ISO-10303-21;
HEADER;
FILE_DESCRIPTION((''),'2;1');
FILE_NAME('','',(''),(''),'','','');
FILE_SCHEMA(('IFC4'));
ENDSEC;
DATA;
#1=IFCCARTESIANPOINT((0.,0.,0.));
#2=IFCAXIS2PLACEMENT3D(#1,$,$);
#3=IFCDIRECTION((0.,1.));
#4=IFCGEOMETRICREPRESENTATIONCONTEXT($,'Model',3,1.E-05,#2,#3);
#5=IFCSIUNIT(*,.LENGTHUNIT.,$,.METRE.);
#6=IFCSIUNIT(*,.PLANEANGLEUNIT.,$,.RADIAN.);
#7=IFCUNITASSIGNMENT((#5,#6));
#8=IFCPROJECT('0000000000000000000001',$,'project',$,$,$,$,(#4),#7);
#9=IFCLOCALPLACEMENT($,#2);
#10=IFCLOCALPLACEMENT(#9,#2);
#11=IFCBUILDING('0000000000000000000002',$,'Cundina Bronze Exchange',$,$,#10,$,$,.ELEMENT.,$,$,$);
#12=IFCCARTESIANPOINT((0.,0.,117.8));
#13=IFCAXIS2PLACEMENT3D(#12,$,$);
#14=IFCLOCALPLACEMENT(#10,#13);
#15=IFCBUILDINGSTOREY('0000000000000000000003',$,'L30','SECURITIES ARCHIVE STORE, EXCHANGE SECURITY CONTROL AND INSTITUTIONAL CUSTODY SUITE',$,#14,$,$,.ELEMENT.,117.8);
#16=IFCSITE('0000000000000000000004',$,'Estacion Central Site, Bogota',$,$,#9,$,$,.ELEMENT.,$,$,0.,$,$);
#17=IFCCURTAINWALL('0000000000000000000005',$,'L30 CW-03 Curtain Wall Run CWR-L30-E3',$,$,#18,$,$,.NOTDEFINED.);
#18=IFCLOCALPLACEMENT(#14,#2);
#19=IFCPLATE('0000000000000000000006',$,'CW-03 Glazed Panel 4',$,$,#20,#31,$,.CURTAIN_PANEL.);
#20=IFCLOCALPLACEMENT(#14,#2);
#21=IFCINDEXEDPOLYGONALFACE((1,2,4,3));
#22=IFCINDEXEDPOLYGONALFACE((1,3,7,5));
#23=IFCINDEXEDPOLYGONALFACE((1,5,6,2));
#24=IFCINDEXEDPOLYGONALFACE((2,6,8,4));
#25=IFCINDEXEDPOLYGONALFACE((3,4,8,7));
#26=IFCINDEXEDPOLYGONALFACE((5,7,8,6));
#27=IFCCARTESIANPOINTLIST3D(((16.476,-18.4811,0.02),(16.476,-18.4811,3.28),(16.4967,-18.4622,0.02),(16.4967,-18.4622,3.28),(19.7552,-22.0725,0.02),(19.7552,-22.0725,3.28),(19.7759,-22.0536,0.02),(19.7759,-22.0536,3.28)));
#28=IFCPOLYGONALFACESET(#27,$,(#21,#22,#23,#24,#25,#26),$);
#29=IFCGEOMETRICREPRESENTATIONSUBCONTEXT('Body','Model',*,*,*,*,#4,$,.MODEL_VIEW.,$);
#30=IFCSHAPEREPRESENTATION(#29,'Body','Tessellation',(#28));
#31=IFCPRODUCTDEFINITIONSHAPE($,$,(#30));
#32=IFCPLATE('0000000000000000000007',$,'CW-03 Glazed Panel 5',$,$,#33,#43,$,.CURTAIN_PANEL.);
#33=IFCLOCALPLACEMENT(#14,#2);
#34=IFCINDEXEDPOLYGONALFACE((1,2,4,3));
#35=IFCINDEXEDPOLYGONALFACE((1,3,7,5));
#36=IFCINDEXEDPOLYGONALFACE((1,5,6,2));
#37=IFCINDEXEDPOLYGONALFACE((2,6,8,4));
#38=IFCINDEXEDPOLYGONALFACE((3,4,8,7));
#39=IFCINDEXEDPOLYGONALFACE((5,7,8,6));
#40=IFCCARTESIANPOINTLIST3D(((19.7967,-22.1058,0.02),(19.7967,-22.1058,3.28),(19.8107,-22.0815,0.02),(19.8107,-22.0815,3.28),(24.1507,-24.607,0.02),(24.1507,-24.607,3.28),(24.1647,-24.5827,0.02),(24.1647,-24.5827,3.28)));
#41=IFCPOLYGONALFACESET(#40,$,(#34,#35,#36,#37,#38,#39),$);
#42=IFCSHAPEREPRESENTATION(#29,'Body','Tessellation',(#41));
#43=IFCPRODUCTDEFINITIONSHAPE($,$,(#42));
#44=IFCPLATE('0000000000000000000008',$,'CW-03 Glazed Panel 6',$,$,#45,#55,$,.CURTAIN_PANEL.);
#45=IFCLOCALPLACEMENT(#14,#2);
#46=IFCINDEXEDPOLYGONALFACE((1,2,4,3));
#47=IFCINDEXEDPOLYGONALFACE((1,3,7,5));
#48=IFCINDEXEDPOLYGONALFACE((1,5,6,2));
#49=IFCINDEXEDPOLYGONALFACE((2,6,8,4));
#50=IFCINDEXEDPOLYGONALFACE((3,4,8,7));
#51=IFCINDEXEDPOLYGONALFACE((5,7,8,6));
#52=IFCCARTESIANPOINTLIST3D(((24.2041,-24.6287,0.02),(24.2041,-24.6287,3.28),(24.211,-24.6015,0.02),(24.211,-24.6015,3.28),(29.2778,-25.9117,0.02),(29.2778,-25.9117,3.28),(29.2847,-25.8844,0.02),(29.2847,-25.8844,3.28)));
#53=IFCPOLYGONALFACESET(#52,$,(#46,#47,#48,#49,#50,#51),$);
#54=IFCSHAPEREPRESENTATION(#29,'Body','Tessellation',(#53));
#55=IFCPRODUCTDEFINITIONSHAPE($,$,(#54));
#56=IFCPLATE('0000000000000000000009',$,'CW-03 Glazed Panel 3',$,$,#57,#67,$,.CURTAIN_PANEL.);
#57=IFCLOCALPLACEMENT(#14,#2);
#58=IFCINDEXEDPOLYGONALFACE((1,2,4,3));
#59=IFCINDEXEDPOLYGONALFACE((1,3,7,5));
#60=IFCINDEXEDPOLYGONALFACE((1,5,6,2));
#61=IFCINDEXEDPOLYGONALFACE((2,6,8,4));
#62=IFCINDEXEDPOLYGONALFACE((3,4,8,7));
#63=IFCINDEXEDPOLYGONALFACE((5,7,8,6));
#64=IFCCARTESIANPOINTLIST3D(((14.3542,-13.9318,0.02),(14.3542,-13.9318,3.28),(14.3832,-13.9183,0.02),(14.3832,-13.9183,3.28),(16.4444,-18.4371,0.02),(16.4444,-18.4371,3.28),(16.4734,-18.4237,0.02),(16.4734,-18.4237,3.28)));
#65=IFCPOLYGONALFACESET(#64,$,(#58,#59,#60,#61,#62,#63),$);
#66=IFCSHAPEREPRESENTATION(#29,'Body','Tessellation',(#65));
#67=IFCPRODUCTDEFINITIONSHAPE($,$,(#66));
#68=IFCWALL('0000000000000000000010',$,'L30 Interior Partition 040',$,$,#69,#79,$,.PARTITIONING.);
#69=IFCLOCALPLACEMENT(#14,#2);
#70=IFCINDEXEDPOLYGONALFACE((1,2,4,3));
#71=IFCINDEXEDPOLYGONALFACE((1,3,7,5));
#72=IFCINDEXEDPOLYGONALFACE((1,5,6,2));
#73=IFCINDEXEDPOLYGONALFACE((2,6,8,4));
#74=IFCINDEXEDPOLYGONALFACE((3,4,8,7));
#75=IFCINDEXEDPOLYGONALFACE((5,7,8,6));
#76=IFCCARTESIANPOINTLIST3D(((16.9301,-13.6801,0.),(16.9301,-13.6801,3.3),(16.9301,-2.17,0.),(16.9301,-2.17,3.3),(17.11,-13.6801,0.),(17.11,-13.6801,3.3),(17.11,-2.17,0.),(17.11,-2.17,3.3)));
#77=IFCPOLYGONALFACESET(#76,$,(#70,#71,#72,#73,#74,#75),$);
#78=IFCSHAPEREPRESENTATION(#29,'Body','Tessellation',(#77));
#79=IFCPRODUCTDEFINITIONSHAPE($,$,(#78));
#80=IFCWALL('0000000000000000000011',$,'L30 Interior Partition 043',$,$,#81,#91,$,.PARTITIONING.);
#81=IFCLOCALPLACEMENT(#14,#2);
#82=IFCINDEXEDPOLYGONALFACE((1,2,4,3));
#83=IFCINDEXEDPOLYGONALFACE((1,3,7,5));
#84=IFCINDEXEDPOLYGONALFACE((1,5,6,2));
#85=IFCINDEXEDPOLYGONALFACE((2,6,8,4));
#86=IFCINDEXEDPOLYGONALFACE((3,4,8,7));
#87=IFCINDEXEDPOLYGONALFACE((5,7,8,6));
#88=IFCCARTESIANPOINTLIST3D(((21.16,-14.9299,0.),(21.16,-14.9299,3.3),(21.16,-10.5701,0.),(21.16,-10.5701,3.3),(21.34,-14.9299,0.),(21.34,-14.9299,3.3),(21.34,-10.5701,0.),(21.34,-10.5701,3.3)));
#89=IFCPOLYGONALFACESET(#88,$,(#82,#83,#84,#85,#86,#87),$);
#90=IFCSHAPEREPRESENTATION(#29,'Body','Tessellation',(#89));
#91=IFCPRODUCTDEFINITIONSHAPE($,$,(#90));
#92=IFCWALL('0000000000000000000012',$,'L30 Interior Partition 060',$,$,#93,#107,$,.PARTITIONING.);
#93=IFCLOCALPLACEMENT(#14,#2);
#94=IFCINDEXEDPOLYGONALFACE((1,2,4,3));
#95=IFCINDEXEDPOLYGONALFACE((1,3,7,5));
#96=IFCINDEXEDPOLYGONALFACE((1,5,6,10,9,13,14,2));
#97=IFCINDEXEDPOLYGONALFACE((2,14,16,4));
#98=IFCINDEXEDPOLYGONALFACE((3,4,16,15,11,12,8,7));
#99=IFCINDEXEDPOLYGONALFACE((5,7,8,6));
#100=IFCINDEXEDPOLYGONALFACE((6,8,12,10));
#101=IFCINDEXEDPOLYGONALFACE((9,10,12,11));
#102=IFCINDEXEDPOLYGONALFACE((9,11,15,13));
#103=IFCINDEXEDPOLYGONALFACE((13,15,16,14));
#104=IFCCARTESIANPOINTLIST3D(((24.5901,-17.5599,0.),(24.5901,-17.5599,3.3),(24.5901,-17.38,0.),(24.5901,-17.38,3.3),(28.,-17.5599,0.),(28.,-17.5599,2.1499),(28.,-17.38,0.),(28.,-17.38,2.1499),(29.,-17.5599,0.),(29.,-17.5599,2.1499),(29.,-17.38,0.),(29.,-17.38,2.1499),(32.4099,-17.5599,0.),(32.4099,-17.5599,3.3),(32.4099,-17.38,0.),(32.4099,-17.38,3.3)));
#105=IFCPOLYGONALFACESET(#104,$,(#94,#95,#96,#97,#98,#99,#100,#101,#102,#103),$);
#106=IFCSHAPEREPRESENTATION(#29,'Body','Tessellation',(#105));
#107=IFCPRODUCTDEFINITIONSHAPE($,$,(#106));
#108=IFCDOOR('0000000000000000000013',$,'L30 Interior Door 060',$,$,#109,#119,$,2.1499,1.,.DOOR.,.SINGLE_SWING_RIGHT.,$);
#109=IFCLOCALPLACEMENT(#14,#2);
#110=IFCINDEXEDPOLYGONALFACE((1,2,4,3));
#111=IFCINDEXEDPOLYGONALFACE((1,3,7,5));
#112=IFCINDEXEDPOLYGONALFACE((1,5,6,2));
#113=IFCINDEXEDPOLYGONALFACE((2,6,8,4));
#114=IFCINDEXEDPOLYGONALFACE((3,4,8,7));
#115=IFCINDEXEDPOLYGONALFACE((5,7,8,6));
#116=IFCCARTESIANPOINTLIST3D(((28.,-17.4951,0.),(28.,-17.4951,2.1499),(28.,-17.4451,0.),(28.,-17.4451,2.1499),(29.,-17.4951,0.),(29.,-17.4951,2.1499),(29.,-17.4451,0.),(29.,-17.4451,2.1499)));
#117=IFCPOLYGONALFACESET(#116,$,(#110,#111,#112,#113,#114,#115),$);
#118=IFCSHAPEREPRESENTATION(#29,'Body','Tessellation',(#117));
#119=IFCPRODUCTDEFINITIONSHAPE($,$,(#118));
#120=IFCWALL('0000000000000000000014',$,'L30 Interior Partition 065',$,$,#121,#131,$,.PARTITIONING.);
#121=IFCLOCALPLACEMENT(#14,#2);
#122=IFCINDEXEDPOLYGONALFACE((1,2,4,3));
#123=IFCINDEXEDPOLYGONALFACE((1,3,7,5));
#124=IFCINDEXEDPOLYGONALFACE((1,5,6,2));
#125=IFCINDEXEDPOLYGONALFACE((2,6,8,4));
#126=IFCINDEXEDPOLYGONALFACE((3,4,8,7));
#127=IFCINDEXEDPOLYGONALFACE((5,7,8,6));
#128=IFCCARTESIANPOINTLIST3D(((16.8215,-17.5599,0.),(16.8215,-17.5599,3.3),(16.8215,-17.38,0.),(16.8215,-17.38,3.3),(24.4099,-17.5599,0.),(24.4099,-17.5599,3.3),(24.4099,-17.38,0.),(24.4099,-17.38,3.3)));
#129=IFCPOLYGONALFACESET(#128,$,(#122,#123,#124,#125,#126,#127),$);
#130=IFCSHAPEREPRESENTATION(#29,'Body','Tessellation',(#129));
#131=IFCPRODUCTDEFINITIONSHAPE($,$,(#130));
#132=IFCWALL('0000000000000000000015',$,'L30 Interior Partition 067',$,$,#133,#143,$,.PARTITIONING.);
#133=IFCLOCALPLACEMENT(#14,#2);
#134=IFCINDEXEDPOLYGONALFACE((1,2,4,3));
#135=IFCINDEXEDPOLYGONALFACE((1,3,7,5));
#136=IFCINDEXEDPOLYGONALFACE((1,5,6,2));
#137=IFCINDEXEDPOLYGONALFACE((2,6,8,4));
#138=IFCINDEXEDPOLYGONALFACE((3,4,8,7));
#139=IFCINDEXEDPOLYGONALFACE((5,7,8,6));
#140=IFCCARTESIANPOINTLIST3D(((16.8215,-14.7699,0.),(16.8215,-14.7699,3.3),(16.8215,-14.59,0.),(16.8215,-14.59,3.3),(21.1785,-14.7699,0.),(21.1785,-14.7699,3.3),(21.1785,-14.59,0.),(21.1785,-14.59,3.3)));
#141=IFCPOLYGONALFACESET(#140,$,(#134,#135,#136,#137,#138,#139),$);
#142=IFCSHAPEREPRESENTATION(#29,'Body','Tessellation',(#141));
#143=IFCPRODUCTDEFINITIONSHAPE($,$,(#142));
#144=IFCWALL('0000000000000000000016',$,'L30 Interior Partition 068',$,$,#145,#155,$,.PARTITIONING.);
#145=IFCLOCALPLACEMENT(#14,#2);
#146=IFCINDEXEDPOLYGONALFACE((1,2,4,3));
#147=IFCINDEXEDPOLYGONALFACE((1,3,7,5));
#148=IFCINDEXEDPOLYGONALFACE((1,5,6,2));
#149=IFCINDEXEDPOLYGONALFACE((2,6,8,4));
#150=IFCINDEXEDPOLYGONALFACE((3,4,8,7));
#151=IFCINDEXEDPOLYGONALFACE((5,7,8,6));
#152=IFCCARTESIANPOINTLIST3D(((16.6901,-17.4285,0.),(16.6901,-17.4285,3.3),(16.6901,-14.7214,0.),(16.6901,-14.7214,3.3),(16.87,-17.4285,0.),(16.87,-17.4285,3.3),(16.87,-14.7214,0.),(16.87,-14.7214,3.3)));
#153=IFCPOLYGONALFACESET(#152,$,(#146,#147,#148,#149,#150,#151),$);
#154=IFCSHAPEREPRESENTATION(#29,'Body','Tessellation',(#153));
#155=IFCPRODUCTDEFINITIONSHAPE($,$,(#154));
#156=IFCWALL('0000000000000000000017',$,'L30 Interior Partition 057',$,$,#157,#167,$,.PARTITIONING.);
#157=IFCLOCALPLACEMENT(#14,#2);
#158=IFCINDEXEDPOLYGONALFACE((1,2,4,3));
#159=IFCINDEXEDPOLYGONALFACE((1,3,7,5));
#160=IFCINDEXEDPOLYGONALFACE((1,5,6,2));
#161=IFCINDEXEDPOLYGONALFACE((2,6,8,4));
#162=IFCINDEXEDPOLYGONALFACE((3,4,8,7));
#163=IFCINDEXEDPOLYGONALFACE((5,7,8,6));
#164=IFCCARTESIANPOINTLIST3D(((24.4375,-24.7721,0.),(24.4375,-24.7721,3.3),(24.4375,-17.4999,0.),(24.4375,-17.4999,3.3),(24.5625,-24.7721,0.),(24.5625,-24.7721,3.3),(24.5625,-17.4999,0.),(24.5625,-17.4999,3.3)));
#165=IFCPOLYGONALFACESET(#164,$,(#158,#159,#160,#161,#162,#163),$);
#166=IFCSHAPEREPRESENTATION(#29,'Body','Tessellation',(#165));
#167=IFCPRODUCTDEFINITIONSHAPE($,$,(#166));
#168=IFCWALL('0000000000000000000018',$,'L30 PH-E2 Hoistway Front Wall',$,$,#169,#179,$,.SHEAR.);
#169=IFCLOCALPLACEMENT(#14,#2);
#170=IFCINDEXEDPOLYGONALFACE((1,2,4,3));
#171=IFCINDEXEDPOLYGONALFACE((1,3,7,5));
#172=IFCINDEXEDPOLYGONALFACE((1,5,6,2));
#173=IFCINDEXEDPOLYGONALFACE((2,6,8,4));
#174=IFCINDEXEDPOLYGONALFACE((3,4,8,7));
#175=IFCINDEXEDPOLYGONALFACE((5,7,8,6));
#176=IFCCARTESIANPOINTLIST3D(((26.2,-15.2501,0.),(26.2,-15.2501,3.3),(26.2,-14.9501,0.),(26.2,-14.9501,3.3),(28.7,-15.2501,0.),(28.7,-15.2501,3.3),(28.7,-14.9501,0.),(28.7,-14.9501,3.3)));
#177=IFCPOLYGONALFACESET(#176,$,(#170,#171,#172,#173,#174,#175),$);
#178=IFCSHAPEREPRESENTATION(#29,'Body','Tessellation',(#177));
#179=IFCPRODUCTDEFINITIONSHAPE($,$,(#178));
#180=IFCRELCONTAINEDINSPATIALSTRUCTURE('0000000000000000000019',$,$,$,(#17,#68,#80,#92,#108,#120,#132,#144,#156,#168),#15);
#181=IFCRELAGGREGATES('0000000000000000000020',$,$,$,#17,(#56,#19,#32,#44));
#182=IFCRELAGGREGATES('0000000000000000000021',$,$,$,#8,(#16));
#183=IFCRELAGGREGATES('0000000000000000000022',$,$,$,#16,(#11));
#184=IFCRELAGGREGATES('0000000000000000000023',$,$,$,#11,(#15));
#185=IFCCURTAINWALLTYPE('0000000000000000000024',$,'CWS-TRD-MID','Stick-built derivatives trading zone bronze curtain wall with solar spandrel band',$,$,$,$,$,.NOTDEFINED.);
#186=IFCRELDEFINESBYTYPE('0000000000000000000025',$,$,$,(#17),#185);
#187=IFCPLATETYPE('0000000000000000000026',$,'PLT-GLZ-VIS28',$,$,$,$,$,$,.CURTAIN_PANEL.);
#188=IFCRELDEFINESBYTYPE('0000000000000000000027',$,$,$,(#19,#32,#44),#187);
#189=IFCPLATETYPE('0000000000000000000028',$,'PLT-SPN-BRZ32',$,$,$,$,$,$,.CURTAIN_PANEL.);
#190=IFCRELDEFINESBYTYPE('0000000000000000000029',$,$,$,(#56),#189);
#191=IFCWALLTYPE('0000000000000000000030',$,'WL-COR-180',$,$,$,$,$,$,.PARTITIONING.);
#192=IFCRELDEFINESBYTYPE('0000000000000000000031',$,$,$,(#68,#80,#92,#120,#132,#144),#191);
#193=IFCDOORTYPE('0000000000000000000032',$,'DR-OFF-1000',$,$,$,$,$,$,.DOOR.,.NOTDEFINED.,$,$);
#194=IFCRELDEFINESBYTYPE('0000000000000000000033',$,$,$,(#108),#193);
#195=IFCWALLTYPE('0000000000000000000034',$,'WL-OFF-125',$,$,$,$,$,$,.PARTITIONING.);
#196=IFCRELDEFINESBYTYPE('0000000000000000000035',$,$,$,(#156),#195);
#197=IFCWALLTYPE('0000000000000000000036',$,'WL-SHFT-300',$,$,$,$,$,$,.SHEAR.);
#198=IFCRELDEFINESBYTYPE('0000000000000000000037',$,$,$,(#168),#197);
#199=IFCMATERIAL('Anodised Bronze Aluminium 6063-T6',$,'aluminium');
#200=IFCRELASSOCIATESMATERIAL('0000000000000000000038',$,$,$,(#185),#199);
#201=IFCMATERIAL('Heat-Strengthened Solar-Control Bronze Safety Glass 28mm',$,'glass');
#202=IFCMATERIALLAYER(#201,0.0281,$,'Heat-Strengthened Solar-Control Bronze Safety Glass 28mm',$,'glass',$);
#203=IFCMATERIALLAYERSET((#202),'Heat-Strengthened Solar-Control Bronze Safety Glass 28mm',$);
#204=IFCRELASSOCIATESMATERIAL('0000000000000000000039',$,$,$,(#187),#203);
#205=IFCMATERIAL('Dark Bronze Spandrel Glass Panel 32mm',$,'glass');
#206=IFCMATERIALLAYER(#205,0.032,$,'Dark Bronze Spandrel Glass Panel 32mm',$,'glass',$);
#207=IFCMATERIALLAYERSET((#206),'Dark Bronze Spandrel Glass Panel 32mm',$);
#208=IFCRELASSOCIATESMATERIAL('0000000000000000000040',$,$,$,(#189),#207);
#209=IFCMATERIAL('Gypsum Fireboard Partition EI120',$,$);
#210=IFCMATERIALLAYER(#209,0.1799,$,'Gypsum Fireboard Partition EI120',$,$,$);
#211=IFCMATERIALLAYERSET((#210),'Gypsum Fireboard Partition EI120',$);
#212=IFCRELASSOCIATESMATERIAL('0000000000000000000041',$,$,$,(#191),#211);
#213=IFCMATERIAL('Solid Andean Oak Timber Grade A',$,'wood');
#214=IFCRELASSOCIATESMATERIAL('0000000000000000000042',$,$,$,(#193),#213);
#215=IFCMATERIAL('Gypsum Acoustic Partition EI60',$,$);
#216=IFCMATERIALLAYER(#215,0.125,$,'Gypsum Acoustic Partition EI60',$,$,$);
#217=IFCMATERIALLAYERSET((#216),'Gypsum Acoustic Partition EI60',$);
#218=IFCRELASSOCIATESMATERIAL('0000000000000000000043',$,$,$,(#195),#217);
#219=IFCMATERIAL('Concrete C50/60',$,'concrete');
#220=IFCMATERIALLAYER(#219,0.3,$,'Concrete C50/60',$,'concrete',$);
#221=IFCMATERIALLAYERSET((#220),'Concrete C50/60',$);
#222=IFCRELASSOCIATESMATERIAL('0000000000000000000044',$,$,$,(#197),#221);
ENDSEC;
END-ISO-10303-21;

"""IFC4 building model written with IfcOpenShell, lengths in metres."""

from ifc_helpers import new_model, si_unit, direction, frame, frame_2d, origin, origin_2d, place, context, subcontext, project, spatial, rectangle, extrude, material, layer, layer_set, type_object, element, fill, aggregate, save


model = new_model("IFC4")

# Units and contexts
model_context = context("Model", 3, precision=1e-05, world=origin(), true_north=direction((0.0, 1.0)))
body_context = subcontext(model_context, "Body", "Model", "MODEL_VIEW")
ifc_project = project(units=[si_unit("LENGTHUNIT", "METRE"), si_unit("PLANEANGLEUNIT", "RADIAN")], contexts=[model_context])

# Site, building, storey
site_placement = place(None, origin())
site = spatial("IfcSite", under=ifc_project, at=site_placement, Name="Estacion Central Site, Bogota", CompositionType="ELEMENT", RefElevation=0.0)
building_placement = place(site_placement, origin())
building = spatial("IfcBuilding", under=site, at=building_placement, Name="Cundina Bronze Exchange", CompositionType="ELEMENT")
storey_placement = place(building_placement, frame((0.0, 0.0, 117.8)))
storey = spatial("IfcBuildingStorey", under=building, at=storey_placement, Name="L30", Description="SECURITIES ARCHIVE STORE, EXCHANGE SECURITY CONTROL AND INSTITUTIONAL CUSTODY SUITE", CompositionType="ELEMENT", Elevation=117.8)

# Curtain wall, plates
ifc_material_1 = material(Name="Anodised Bronze Aluminium 6063-T6", Category="aluminium")
curtain_wall_type = type_object("IfcCurtainWallType", Name="CWS-TRD-MID", Description="Stick-built derivatives trading zone bronze curtain wall with solar spandrel band", PredefinedType="NOTDEFINED", material=ifc_material_1)
curtain_wall_placement = place(storey_placement, origin())
curtain_wall = element("IfcCurtainWall", 1, at=curtain_wall_placement, inside=storey, type_object=curtain_wall_type, Name="L30 CW-03 Curtain Wall Run CWR-L30-E3", PredefinedType="NOTDEFINED")
ifc_material_2 = material(Name="Heat-Strengthened Solar-Control Bronze Safety Glass 28mm", Category="glass")
ifc_layer_1 = layer(ifc_material_2, 0.0281, Name="Heat-Strengthened Solar-Control Bronze Safety Glass 28mm", Category="glass")
ifc_layer_set_1 = layer_set([ifc_layer_1], Name="Heat-Strengthened Solar-Control Bronze Safety Glass 28mm")
plate_type_1 = type_object("IfcPlateType", Name="PLT-GLZ-VIS28", PredefinedType="CURTAIN_PANEL", material=ifc_layer_set_1)
plate_1_placement = place(storey_placement, frame((18.126, -20.2673, 0.02), z_axis=(0.0, 0.0, 1.0), x_axis=(0.674277, -0.738479, 0.0)))
plate_1 = element("IfcPlate", 2, at=plate_1_placement, type_object=plate_type_1, Name="CW-03 Glazed Panel 4", PredefinedType="CURTAIN_PANEL", context=body_context, shape_type="SweptSolid", body=[
    extrude(rectangle(XDim=4.8633, YDim=0.0281, at=origin_2d()), origin(), (0.0, 0.0, 1.0), 3.26),
])
plate_2_placement = place(storey_placement, frame((21.9807, -23.3442, 0.02), z_axis=(0.0, 0.0, 1.0), x_axis=(0.867105, -0.498125, 0.0)))
plate_2 = element("IfcPlate", 3, at=plate_2_placement, type_object=plate_type_1, Name="CW-03 Glazed Panel 5", PredefinedType="CURTAIN_PANEL", context=body_context, shape_type="SweptSolid", body=[
    extrude(rectangle(XDim=5.0212, YDim=0.0281, at=origin_2d()), origin(), (0.0, 0.0, 1.0), 3.26),
])
plate_3_placement = place(storey_placement, frame((26.7444, -25.2566, 0.02), z_axis=(0.0, 0.0, 1.0), x_axis=(0.969488, -0.245138, 0.0)))
plate_3 = element("IfcPlate", 4, at=plate_3_placement, type_object=plate_type_1, Name="CW-03 Glazed Panel 6", PredefinedType="CURTAIN_PANEL", context=body_context, shape_type="SweptSolid", body=[
    extrude(rectangle(XDim=5.2334, YDim=0.0281, at=origin_2d()), origin(), (0.0, 0.0, 1.0), 3.26),
])
ifc_material_3 = material(Name="Dark Bronze Spandrel Glass Panel 32mm", Category="glass")
ifc_layer_2 = layer(ifc_material_3, 0.032, Name="Dark Bronze Spandrel Glass Panel 32mm", Category="glass")
ifc_layer_set_2 = layer_set([ifc_layer_2], Name="Dark Bronze Spandrel Glass Panel 32mm")
plate_type_2 = type_object("IfcPlateType", Name="PLT-SPN-BRZ32", PredefinedType="CURTAIN_PANEL", material=ifc_layer_set_2)
plate_4_placement = place(storey_placement, frame((15.4138, -16.1777, 0.02), z_axis=(0.0, 0.0, 1.0), x_axis=(0.420846, -0.907132, 0.0)))
plate_4 = element("IfcPlate", 5, at=plate_4_placement, type_object=plate_type_2, Name="CW-03 Glazed Panel 3", PredefinedType="CURTAIN_PANEL", context=body_context, shape_type="SweptSolid", body=[
    extrude(rectangle(XDim=4.9666, YDim=0.032, at=origin_2d()), origin(), (0.0, 0.0, 1.0), 3.26),
])
aggregate(curtain_wall, [plate_4, plate_1, plate_2, plate_3])

# Walls
ifc_material_4 = material(Name="Gypsum Fireboard Partition EI120")
ifc_layer_3 = layer(ifc_material_4, 0.1799, Name="Gypsum Fireboard Partition EI120")
ifc_layer_set_3 = layer_set([ifc_layer_3], Name="Gypsum Fireboard Partition EI120")
wall_type_1 = type_object("IfcWallType", Name="WL-COR-180", PredefinedType="PARTITIONING", material=ifc_layer_set_3)
wall_1_placement = place(storey_placement, frame((17.02, -13.6799, 0.0), z_axis=(0.0, 0.0, 1.0), x_axis=(0.0, 1.0, 0.0)))
element("IfcWall", 6, at=wall_1_placement, inside=storey, type_object=wall_type_1, Name="L30 Interior Partition 040", PredefinedType="PARTITIONING", context=body_context, shape_type="SweptSolid", body=[
    extrude(rectangle(XDim=11.51, YDim=0.1799, at=frame_2d((5.7549, 0.0))), origin(), (0.0, 0.0, 1.0), 3.3),
])
wall_2_placement = place(storey_placement, frame((21.25, -14.9299, 0.0), z_axis=(0.0, 0.0, 1.0), x_axis=(0.0, 1.0, 0.0)))
element("IfcWall", 7, at=wall_2_placement, inside=storey, type_object=wall_type_1, Name="L30 Interior Partition 043", PredefinedType="PARTITIONING", context=body_context, shape_type="SweptSolid", body=[
    extrude(rectangle(XDim=4.3599, YDim=0.1799, at=frame_2d((2.1799, 0.0))), origin(), (0.0, 0.0, 1.0), 3.3),
])

# Wall, opening, door
wall_3_placement = place(storey_placement, frame((24.5901, -17.47, 0.0), z_axis=(0.0, 0.0, 1.0), x_axis=(1.0, 0.0, 0.0)))
wall_3 = element("IfcWall", 8, at=wall_3_placement, inside=storey, type_object=wall_type_1, Name="L30 Interior Partition 060", PredefinedType="PARTITIONING", context=body_context, shape_type="SweptSolid", body=[
    extrude(rectangle(XDim=7.8198, YDim=0.1799, at=frame_2d((3.9099, 0.0))), origin(), (0.0, 0.0, 1.0), 3.3),
])
opening_placement = place(wall_3_placement, frame((3.4099, 0.0, 0.0)))
opening = element("IfcOpeningElement", 9, at=opening_placement, cuts=wall_3, PredefinedType="OPENING", context=body_context, shape_type="SweptSolid", body=[
    extrude(rectangle(XDim=1.0, YDim=2.1499, at=frame_2d((0.5, 1.075))), frame((0.0, 0.0999, 0.0), z_axis=(0.0, -1.0, 0.0), x_axis=(1.0, 0.0, 0.0)), (0.0, 0.0, 1.0), 0.2),
])
ifc_material_5 = material(Name="Solid Andean Oak Timber Grade A", Category="wood")
door_type = type_object("IfcDoorType", Name="DR-OFF-1000", OperationType="NOTDEFINED", PredefinedType="DOOR", material=ifc_material_5)
door_placement = place(opening_placement, origin())
door = element("IfcDoor", 10, at=door_placement, inside=storey, type_object=door_type, Name="L30 Interior Door 060", OperationType="SINGLE_SWING_RIGHT", OverallHeight=2.1499, OverallWidth=1.0, PredefinedType="DOOR", context=body_context, shape_type="SweptSolid", body=[
    extrude(rectangle(XDim=1.0, YDim=2.1499, at=frame_2d((0.5, 1.075))), frame((0.0, 0.0249, 0.0), z_axis=(0.0, -1.0, 0.0), x_axis=(1.0, 0.0, 0.0)), (0.0, 0.0, 1.0), 0.05),
])
fill(opening, door)

# Walls
wall_4_placement = place(storey_placement, frame((16.8215, -17.47, 0.0), z_axis=(0.0, 0.0, 1.0), x_axis=(1.0, 0.0, 0.0)))
element("IfcWall", 11, at=wall_4_placement, inside=storey, type_object=wall_type_1, Name="L30 Interior Partition 065", PredefinedType="PARTITIONING", context=body_context, shape_type="SweptSolid", body=[
    extrude(rectangle(XDim=7.5884, YDim=0.1799, at=frame_2d((3.7942, 0.0))), origin(), (0.0, 0.0, 1.0), 3.3),
])
wall_5_placement = place(storey_placement, frame((21.1785, -14.6799, 0.0), z_axis=(0.0, 0.0, 1.0), x_axis=(-1.0, 0.0, 0.0)))
element("IfcWall", 12, at=wall_5_placement, inside=storey, type_object=wall_type_1, Name="L30 Interior Partition 067", PredefinedType="PARTITIONING", context=body_context, shape_type="SweptSolid", body=[
    extrude(rectangle(XDim=4.3569, YDim=0.1799, at=frame_2d((2.1785, 0.0))), origin(), (0.0, 0.0, 1.0), 3.3),
])
wall_6_placement = place(storey_placement, frame((16.78, -14.7214, 0.0), z_axis=(0.0, 0.0, 1.0), x_axis=(0.0, -1.0, 0.0)))
element("IfcWall", 13, at=wall_6_placement, inside=storey, type_object=wall_type_1, Name="L30 Interior Partition 068", PredefinedType="PARTITIONING", context=body_context, shape_type="SweptSolid", body=[
    extrude(rectangle(XDim=2.707, YDim=0.1799, at=frame_2d((1.3535, 0.0))), origin(), (0.0, 0.0, 1.0), 3.3),
])
ifc_material_6 = material(Name="Gypsum Acoustic Partition EI60")
ifc_layer_4 = layer(ifc_material_6, 0.125, Name="Gypsum Acoustic Partition EI60")
ifc_layer_set_4 = layer_set([ifc_layer_4], Name="Gypsum Acoustic Partition EI60")
wall_type_2 = type_object("IfcWallType", Name="WL-OFF-125", PredefinedType="PARTITIONING", material=ifc_layer_set_4)
wall_7_placement = place(storey_placement, frame((24.5, -24.7722, 0.0), z_axis=(0.0, 0.0, 1.0), x_axis=(0.0, 1.0, 0.0)))
element("IfcWall", 14, at=wall_7_placement, inside=storey, type_object=wall_type_2, Name="L30 Interior Partition 057", PredefinedType="PARTITIONING", context=body_context, shape_type="SweptSolid", body=[
    extrude(rectangle(XDim=7.2722, YDim=0.125, at=frame_2d((3.6362, 0.0))), origin(), (0.0, 0.0, 1.0), 3.3),
])
ifc_material_7 = material(Name="Concrete C50/60", Category="concrete")
ifc_layer_5 = layer(ifc_material_7, 0.3, Name="Concrete C50/60", Category="concrete")
ifc_layer_set_5 = layer_set([ifc_layer_5], Name="Concrete C50/60")
wall_type_3 = type_object("IfcWallType", Name="WL-SHFT-300", PredefinedType="SHEAR", material=ifc_layer_set_5)
wall_8_placement = place(storey_placement, frame((26.2, -15.1001, 0.0), z_axis=(0.0, 0.0, 1.0), x_axis=(1.0, 0.0, 0.0)))
element("IfcWall", 15, at=wall_8_placement, inside=storey, type_object=wall_type_3, Name="L30 PH-E2 Hoistway Front Wall", PredefinedType="SHEAR", context=body_context, shape_type="SweptSolid", body=[
    extrude(rectangle(XDim=2.5, YDim=0.3, at=frame_2d((1.25, 0.0))), origin(), (0.0, 0.0, 1.0), 3.3),
])

save(model, "model.ifc")
